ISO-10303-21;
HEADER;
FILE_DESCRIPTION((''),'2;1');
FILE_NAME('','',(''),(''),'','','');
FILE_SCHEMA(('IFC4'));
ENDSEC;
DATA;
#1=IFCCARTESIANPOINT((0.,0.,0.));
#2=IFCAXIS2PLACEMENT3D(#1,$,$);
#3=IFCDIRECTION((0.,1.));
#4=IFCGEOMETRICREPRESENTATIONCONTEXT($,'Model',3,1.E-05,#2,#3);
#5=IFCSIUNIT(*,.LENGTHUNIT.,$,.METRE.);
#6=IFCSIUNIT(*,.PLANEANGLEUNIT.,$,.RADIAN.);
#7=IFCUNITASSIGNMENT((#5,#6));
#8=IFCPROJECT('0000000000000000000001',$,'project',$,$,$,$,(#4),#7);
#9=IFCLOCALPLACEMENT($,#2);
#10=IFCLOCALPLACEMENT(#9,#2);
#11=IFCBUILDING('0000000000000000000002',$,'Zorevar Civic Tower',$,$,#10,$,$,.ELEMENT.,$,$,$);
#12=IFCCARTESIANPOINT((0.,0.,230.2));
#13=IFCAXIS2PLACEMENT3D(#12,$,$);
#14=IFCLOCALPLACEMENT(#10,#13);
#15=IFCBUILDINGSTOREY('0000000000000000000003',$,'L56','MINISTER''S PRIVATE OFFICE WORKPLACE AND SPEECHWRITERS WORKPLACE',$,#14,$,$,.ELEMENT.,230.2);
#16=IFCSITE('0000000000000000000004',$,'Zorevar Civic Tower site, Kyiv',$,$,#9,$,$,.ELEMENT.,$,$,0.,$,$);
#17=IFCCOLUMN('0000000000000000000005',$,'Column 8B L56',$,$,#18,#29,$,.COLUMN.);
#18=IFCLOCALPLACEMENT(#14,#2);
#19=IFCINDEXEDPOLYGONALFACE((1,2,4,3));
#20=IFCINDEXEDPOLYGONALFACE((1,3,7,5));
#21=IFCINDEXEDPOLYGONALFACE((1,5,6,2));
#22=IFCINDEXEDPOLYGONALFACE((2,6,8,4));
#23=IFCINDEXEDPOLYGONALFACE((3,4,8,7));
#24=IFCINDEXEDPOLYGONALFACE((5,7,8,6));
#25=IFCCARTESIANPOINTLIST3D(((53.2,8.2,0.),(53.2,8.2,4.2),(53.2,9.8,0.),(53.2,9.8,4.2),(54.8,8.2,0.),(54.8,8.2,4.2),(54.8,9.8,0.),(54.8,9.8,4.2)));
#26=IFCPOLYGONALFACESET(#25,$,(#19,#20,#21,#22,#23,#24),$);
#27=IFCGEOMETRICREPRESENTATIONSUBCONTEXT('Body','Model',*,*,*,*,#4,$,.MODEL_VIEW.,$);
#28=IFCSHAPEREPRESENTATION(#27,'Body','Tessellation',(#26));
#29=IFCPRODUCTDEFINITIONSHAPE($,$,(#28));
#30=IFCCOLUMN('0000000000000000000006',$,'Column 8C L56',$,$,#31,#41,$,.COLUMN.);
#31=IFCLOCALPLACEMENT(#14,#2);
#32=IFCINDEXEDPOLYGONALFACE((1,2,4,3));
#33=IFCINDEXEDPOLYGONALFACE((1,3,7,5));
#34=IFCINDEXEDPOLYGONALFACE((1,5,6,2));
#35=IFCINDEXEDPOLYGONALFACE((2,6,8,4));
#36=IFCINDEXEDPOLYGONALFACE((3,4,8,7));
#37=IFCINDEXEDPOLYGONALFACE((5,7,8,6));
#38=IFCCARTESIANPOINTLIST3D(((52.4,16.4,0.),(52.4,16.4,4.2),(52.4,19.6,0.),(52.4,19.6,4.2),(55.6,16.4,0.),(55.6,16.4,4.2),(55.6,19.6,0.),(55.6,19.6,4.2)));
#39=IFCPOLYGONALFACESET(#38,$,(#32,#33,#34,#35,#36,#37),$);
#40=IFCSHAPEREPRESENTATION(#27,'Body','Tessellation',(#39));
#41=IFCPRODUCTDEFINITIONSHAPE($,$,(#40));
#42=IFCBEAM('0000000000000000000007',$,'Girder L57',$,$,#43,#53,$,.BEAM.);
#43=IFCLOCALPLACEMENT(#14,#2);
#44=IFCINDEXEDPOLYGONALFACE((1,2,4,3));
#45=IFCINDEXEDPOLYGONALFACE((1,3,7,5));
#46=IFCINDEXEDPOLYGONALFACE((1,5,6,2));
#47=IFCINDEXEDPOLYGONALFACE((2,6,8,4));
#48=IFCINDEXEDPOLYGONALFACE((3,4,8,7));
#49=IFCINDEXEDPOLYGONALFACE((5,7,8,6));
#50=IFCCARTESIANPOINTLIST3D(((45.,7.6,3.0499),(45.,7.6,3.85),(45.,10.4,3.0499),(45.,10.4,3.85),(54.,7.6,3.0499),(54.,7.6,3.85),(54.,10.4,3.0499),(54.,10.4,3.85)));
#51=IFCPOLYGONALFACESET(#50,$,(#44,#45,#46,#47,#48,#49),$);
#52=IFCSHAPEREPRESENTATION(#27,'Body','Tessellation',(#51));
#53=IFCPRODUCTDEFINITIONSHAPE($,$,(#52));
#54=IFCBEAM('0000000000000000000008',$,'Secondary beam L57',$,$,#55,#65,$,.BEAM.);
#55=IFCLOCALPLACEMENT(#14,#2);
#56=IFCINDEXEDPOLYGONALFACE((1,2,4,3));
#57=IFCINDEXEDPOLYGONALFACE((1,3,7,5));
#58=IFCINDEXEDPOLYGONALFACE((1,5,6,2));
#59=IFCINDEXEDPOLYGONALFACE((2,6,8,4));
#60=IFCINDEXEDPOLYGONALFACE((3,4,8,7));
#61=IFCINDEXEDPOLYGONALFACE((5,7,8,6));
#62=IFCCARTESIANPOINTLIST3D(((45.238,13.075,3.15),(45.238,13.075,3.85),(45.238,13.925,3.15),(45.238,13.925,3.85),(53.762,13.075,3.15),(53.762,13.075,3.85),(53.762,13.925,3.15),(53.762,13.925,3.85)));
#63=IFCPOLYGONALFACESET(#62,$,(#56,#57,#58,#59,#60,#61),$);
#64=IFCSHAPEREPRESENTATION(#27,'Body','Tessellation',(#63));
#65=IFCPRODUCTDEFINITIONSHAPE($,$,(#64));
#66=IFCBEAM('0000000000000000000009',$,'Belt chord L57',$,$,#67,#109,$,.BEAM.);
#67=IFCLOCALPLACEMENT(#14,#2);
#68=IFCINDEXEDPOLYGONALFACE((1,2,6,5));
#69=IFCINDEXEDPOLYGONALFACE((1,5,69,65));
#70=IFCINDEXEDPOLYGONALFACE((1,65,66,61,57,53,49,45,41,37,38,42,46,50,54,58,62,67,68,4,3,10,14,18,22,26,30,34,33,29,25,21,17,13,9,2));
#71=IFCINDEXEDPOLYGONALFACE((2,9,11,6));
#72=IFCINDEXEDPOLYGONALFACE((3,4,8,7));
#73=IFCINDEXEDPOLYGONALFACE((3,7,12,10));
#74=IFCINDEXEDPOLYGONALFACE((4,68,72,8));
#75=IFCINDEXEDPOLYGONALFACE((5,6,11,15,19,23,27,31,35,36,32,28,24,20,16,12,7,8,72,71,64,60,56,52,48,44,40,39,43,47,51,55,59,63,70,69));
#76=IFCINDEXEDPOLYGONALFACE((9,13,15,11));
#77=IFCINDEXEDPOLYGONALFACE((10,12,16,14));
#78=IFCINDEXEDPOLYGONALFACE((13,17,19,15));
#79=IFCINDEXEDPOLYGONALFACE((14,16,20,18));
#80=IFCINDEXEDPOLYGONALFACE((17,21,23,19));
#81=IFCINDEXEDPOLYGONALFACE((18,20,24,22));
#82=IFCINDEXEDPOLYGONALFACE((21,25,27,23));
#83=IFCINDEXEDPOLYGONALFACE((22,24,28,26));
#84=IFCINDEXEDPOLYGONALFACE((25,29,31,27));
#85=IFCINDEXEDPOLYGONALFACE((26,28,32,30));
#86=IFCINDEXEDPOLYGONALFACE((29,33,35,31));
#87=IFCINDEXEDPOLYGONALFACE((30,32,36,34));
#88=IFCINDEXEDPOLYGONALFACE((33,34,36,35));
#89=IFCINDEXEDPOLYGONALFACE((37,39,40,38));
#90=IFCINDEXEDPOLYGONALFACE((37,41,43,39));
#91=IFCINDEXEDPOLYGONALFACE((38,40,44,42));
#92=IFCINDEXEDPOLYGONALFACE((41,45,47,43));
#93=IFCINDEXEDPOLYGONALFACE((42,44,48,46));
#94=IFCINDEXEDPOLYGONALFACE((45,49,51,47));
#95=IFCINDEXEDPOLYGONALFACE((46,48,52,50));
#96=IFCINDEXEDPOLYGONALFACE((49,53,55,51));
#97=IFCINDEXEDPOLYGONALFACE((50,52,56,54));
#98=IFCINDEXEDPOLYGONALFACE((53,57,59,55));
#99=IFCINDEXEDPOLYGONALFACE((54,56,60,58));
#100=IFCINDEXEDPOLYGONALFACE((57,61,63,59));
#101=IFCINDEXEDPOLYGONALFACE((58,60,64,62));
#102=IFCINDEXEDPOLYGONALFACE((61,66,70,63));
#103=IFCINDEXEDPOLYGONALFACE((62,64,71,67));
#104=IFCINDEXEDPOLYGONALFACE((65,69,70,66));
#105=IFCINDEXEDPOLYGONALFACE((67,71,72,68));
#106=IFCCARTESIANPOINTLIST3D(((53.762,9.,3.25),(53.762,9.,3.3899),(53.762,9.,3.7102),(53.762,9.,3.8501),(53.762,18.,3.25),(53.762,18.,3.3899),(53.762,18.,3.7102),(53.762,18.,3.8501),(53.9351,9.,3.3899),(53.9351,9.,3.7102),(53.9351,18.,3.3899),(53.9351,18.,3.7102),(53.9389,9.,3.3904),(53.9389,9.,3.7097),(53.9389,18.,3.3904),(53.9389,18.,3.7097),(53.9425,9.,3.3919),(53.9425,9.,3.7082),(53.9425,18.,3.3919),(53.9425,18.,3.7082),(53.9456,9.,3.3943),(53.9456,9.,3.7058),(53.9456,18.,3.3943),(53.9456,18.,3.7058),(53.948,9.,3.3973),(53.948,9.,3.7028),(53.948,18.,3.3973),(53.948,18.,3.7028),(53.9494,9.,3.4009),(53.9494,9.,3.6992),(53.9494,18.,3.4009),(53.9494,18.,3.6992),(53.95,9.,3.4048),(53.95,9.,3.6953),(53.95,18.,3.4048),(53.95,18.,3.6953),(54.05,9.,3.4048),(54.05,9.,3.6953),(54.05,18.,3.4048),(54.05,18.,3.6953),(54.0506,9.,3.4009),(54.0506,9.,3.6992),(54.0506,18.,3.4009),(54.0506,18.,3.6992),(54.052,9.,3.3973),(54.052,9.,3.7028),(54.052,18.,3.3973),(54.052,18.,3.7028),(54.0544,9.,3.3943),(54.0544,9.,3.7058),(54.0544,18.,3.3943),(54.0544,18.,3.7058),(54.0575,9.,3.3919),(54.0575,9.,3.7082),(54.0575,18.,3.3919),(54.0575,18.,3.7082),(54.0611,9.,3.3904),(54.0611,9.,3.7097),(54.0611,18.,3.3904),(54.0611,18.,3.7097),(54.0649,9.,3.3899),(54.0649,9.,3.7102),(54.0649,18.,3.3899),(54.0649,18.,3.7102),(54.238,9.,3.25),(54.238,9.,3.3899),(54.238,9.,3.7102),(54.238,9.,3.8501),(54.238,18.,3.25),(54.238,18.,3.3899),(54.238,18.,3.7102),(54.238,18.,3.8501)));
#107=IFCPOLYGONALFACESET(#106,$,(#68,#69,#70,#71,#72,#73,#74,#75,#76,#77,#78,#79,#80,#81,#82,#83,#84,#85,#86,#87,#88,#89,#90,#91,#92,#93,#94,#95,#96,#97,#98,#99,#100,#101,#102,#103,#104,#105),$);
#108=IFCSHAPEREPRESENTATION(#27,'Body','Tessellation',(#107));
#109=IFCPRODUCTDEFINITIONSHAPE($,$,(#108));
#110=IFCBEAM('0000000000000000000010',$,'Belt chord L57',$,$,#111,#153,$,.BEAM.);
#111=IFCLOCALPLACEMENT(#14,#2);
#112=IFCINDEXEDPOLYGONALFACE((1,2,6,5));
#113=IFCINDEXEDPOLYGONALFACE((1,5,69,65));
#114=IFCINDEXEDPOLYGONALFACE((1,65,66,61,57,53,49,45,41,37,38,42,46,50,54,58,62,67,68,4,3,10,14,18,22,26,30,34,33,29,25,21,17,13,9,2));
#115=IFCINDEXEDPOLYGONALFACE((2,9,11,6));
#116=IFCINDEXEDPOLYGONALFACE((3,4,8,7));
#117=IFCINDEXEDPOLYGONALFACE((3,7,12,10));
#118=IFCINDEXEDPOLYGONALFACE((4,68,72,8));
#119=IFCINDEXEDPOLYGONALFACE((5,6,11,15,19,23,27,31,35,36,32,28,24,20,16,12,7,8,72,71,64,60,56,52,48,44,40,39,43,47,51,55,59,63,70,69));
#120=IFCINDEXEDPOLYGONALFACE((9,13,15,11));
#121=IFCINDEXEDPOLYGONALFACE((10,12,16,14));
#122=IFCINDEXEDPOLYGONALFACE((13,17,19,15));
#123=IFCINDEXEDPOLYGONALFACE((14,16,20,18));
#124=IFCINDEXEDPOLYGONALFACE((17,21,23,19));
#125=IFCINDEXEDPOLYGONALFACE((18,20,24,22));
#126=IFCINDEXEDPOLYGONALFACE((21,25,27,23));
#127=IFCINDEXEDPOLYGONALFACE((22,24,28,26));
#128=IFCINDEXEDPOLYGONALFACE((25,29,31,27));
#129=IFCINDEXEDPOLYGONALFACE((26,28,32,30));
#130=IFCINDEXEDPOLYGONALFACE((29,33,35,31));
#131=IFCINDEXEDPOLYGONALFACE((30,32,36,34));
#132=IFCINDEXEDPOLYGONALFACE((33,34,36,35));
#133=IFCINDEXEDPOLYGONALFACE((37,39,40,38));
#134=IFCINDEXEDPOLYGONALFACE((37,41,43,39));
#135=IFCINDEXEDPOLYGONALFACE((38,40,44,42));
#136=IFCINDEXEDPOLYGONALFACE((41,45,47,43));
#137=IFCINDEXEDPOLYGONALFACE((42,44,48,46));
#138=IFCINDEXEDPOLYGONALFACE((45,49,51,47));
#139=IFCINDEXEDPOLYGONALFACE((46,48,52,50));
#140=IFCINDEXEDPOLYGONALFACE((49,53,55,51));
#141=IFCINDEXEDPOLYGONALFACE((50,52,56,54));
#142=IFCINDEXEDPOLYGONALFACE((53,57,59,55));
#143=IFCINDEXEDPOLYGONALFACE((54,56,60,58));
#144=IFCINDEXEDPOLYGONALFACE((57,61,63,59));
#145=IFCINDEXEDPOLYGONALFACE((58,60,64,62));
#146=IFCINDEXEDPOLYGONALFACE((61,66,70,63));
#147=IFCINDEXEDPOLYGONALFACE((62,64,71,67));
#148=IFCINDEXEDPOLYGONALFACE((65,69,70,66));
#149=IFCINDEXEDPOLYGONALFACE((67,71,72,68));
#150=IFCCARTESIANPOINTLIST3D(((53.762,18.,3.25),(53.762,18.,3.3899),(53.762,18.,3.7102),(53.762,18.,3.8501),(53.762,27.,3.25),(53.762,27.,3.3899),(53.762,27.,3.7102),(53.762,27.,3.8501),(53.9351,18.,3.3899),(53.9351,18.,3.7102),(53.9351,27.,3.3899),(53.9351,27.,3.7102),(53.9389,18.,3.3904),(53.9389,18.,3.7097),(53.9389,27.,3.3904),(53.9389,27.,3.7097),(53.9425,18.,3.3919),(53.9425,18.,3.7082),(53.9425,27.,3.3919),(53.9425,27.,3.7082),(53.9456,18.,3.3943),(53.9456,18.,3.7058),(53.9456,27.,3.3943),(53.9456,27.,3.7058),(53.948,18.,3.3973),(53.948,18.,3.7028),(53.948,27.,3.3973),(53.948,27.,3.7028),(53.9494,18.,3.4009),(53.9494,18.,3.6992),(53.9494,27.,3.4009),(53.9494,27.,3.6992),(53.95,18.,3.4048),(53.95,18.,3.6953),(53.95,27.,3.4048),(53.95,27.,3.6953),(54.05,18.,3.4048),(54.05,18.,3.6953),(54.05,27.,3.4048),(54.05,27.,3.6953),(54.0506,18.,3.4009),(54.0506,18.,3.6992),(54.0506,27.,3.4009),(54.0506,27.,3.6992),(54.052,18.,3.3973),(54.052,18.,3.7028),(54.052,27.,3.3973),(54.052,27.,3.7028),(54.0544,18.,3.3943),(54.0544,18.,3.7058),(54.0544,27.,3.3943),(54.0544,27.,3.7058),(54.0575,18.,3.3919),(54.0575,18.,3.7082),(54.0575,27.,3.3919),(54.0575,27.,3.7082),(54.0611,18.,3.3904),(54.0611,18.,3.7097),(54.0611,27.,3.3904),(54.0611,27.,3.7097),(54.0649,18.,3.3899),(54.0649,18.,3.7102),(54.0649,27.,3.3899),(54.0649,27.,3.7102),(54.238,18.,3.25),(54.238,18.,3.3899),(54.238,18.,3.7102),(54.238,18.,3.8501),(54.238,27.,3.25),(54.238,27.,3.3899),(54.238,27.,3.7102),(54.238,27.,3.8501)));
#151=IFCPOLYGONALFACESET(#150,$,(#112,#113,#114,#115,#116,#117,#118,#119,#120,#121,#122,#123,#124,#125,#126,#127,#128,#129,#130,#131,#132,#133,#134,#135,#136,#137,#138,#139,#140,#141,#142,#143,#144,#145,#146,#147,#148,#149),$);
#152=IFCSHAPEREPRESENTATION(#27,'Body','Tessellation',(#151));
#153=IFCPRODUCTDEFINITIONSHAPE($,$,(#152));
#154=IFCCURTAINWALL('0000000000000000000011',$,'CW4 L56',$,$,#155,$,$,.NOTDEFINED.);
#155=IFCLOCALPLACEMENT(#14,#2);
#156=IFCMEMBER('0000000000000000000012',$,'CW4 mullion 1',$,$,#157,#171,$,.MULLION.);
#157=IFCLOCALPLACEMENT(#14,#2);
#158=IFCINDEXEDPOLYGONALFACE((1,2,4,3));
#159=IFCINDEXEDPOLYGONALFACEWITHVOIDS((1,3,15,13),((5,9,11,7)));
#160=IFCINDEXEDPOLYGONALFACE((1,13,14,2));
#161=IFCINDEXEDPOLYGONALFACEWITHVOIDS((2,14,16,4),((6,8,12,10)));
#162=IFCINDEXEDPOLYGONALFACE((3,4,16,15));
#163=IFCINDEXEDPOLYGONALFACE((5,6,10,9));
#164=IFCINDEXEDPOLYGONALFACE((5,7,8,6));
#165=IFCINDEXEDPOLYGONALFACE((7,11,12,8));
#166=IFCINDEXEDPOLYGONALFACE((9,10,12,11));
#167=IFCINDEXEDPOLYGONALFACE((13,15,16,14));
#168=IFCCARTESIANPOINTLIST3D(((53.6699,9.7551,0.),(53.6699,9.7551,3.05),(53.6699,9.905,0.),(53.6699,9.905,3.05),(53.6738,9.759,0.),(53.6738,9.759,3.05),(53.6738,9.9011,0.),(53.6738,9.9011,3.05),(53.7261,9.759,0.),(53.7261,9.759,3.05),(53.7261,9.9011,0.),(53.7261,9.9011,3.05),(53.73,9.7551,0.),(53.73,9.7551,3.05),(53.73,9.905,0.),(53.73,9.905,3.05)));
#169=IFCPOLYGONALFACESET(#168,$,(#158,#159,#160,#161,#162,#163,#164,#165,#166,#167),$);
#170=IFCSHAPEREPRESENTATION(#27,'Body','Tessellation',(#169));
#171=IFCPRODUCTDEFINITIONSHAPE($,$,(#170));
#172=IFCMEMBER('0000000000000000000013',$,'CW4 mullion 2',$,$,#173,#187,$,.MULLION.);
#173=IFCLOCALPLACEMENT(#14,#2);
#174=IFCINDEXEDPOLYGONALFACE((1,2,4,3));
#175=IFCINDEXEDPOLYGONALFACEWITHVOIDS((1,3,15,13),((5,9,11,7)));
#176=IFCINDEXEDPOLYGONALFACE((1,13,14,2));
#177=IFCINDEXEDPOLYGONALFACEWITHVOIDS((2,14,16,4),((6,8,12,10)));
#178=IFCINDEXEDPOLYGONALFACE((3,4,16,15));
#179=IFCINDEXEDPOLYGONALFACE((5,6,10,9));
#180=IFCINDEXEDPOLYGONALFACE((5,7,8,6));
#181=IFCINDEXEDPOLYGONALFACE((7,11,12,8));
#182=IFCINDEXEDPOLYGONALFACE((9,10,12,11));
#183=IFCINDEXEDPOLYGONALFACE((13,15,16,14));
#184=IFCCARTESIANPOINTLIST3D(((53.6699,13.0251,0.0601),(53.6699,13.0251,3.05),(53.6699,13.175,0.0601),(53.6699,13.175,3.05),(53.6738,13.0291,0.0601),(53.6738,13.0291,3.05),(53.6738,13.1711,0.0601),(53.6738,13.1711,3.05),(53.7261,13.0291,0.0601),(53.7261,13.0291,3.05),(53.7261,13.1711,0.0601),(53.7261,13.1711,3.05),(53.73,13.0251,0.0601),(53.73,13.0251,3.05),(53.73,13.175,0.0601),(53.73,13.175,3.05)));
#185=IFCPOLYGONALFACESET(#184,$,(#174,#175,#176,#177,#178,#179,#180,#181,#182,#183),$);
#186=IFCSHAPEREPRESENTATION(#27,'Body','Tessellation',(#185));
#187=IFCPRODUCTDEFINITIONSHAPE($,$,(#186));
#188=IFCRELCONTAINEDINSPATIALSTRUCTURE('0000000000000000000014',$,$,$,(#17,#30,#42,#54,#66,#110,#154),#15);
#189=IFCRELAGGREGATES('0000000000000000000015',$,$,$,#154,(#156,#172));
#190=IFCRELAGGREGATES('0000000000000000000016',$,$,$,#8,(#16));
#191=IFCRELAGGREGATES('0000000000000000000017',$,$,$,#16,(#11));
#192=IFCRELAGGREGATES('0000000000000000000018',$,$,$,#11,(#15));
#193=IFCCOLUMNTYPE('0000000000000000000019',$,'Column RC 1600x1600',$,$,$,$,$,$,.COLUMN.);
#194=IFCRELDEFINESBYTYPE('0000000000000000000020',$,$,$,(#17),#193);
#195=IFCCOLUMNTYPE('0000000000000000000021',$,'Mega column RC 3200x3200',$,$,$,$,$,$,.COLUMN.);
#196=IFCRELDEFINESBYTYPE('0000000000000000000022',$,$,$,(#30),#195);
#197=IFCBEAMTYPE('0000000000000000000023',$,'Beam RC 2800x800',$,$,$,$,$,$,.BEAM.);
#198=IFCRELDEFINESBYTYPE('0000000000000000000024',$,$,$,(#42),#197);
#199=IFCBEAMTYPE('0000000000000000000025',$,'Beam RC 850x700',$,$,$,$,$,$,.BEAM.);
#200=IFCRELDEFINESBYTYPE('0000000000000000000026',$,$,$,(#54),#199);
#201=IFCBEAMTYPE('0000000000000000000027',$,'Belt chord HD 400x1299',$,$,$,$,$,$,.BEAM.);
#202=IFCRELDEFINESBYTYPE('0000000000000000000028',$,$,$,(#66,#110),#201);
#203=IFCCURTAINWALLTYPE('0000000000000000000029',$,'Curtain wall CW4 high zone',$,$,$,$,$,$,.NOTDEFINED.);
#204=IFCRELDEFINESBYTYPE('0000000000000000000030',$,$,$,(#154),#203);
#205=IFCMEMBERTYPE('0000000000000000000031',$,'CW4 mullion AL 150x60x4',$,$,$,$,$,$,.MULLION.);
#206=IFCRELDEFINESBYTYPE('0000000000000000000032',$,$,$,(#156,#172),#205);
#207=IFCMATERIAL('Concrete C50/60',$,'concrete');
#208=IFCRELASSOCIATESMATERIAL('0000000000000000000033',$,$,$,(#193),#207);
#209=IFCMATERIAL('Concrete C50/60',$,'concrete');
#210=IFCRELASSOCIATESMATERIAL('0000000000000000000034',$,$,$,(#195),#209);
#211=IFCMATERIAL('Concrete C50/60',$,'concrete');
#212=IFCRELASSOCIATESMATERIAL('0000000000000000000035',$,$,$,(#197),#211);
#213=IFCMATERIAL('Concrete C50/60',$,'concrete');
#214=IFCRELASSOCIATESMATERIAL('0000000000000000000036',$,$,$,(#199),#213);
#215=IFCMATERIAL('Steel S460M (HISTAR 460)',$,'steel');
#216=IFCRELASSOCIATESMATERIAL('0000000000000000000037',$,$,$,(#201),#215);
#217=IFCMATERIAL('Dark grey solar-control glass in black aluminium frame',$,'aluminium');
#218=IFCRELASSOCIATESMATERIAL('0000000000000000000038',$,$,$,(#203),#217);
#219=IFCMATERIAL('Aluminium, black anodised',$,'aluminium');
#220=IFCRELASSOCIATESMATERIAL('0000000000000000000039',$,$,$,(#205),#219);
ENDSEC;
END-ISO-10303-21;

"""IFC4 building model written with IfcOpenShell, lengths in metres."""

from ifc_helpers import new_model, si_unit, direction, frame, origin, origin_2d, place, context, subcontext, project, spatial, rectangle, hollow_rectangle, i_section, extrude, material, material_profile, profile_set, type_object, element, aggregate, save


model = new_model("IFC4")

# Units and contexts
model_context = context("Model", 3, precision=1e-05, world=origin(), true_north=direction((0.0, 1.0)))
body_context = subcontext(model_context, "Body", "Model", "MODEL_VIEW")
ifc_project = project(units=[si_unit("LENGTHUNIT", "METRE"), si_unit("PLANEANGLEUNIT", "RADIAN")], contexts=[model_context])

# Site, building, storey
site_placement = place(None, origin())
site = spatial("IfcSite", under=ifc_project, at=site_placement, Name="Zorevar Civic Tower site, Kyiv", CompositionType="ELEMENT", RefElevation=0.0)
building_placement = place(site_placement, origin())
building = spatial("IfcBuilding", under=site, at=building_placement, Name="Zorevar Civic Tower", CompositionType="ELEMENT")
storey_placement = place(building_placement, frame((0.0, 0.0, 230.2)))
storey = spatial("IfcBuildingStorey", under=building, at=storey_placement, Name="L56", Description="MINISTER'S PRIVATE OFFICE WORKPLACE AND SPEECHWRITERS WORKPLACE", CompositionType="ELEMENT", Elevation=230.2)

# Columns
ifc_material_1 = material(Name="Concrete C50/60", Category="concrete")
ifc_material_profile_1 = material_profile(ifc_material_1, rectangle(XDim=1.6001, YDim=1.6001, at=origin_2d()), Name="RC 1600x1600")
ifc_profile_set_1 = profile_set([ifc_material_profile_1], Name="Concrete C50/60")
column_type_1 = type_object("IfcColumnType", Name="Column RC 1600x1600", PredefinedType="COLUMN", material=ifc_profile_set_1)
column_1_placement = place(storey_placement, frame((54.0, 9.0, 0.0), z_axis=(0.0, 0.0, 1.0), x_axis=(1.0, 0.0, 0.0)))
element("IfcColumn", 1, at=column_1_placement, inside=storey, type_object=column_type_1, Name="Column 8B L56", PredefinedType="COLUMN", context=body_context, shape_type="SweptSolid", body=[
    extrude(rectangle(XDim=1.6001, YDim=1.6001, at=origin_2d()), origin(), (0.0, 0.0, 1.0), 4.2),
])
ifc_material_2 = material(Name="Concrete C50/60", Category="concrete")
ifc_material_profile_2 = material_profile(ifc_material_2, rectangle(XDim=3.2, YDim=3.2, at=origin_2d()), Name="RC 3200x3200")
ifc_profile_set_2 = profile_set([ifc_material_profile_2], Name="Concrete C50/60")
column_type_2 = type_object("IfcColumnType", Name="Mega column RC 3200x3200", PredefinedType="COLUMN", material=ifc_profile_set_2)
column_2_placement = place(storey_placement, frame((54.0, 18.0, 0.0), z_axis=(0.0, 0.0, 1.0), x_axis=(1.0, 0.0, 0.0)))
element("IfcColumn", 2, at=column_2_placement, inside=storey, type_object=column_type_2, Name="Column 8C L56", PredefinedType="COLUMN", context=body_context, shape_type="SweptSolid", body=[
    extrude(rectangle(XDim=3.2, YDim=3.2, at=origin_2d()), origin(), (0.0, 0.0, 1.0), 4.2),
])

# Beams
ifc_material_3 = material(Name="Concrete C50/60", Category="concrete")
ifc_material_profile_3 = material_profile(ifc_material_3, rectangle(XDim=2.8, YDim=0.8, at=origin_2d()), Name="RC 2800x800")
ifc_profile_set_3 = profile_set([ifc_material_profile_3], Name="Concrete C50/60")
beam_type_1 = type_object("IfcBeamType", Name="Beam RC 2800x800", PredefinedType="BEAM", material=ifc_profile_set_3)
beam_1_placement = place(storey_placement, frame((45.0, 9.0, 3.45), z_axis=(1.0, 0.0, 0.0), x_axis=(0.0, 1.0, 0.0)))
element("IfcBeam", 3, at=beam_1_placement, inside=storey, type_object=beam_type_1, Name="Girder L57", PredefinedType="BEAM", context=body_context, shape_type="SweptSolid", body=[
    extrude(rectangle(XDim=2.8, YDim=0.8, at=origin_2d()), origin(), (0.0, 0.0, 1.0), 9.0),
])
ifc_material_4 = material(Name="Concrete C50/60", Category="concrete")
ifc_material_profile_4 = material_profile(ifc_material_4, rectangle(XDim=0.8501, YDim=0.7, at=origin_2d()), Name="RC 850x700")
ifc_profile_set_4 = profile_set([ifc_material_profile_4], Name="Concrete C50/60")
beam_type_2 = type_object("IfcBeamType", Name="Beam RC 850x700", PredefinedType="BEAM", material=ifc_profile_set_4)
beam_2_placement = place(storey_placement, frame((45.238, 13.5, 3.5), z_axis=(1.0, 0.0, 0.0), x_axis=(0.0, 1.0, 0.0)))
element("IfcBeam", 4, at=beam_2_placement, inside=storey, type_object=beam_type_2, Name="Secondary beam L57", PredefinedType="BEAM", context=body_context, shape_type="SweptSolid", body=[
    extrude(rectangle(XDim=0.8501, YDim=0.7, at=origin_2d()), origin(), (0.0, 0.0, 1.0), 8.5239),
])
ifc_material_5 = material(Name="Steel S460M (HISTAR 460)", Category="steel")
ifc_material_profile_5 = material_profile(ifc_material_5, i_section(OverallWidth=0.4761, OverallDepth=0.6001, WebThickness=0.1001, FlangeThickness=0.1399, FilletRadius=0.0149, at=origin_2d()), Name="HD 400x1299")
ifc_profile_set_5 = profile_set([ifc_material_profile_5], Name="Steel S460M (HISTAR 460)")
beam_type_3 = type_object("IfcBeamType", Name="Belt chord HD 400x1299", PredefinedType="BEAM", material=ifc_profile_set_5)
for number, where, z_axis, x_axis, name in (
    (5, (54.0, 9.0, 3.55), (0.0, 1.0, 0.0), (-1.0, 0.0, 0.0), "Belt chord L57"),
    (6, (54.0, 18.0, 3.55), (0.0, 1.0, 0.0), (-1.0, 0.0, 0.0), "Belt chord L57"),
):
    element("IfcBeam", number, at=place(storey_placement, frame(where, z_axis=z_axis, x_axis=x_axis)), inside=storey, type_object=beam_type_3, Name=name, PredefinedType="BEAM", context=body_context, shape_type="SweptSolid", body=[
        extrude(i_section(OverallWidth=0.4761, OverallDepth=0.6001, WebThickness=0.1001, FlangeThickness=0.1399, FilletRadius=0.0149, at=origin_2d()), origin(), (0.0, 0.0, 1.0), 9.0),
    ])

# Curtain wall, members
ifc_material_6 = material(Name="Dark grey solar-control glass in black aluminium frame", Category="aluminium")
curtain_wall_type = type_object("IfcCurtainWallType", Name="Curtain wall CW4 high zone", PredefinedType="NOTDEFINED", material=ifc_material_6)
curtain_wall_1_placement = place(storey_placement, origin())
curtain_wall_1 = element("IfcCurtainWall", 7, at=curtain_wall_1_placement, inside=storey, type_object=curtain_wall_type, Name="CW4 L56", PredefinedType="NOTDEFINED")
ifc_material_7 = material(Name="Aluminium, black anodised", Category="aluminium")
ifc_material_profile_6 = material_profile(ifc_material_7, hollow_rectangle(XDim=0.0601, YDim=0.1499, WallThickness=0.0039, at=origin_2d()), Name="AL 150x60x4")
ifc_profile_set_6 = profile_set([ifc_material_profile_6], Name="Aluminium, black anodised")
member_type_1 = type_object("IfcMemberType", Name="CW4 mullion AL 150x60x4", PredefinedType="MULLION", material=ifc_profile_set_6)
member_1_placement = place(storey_placement, frame((53.7, 9.8301, 0.0), z_axis=(0.0, 0.0, 1.0), x_axis=(-1.0, 0.0, 0.0)))
member_1 = element("IfcMember", 8, at=member_1_placement, type_object=member_type_1, Name="CW4 mullion 1", PredefinedType="MULLION", context=body_context, shape_type="SweptSolid", body=[
    extrude(hollow_rectangle(XDim=0.0601, YDim=0.1499, WallThickness=0.0039, at=origin_2d()), origin(), (0.0, 0.0, 1.0), 3.05),
])
member_2_placement = place(storey_placement, frame((53.7, 13.1001, 0.0601), z_axis=(0.0, 0.0, 1.0), x_axis=(-1.0, 0.0, 0.0)))
member_2 = element("IfcMember", 9, at=member_2_placement, type_object=member_type_1, Name="CW4 mullion 2", PredefinedType="MULLION", context=body_context, shape_type="SweptSolid", body=[
    extrude(hollow_rectangle(XDim=0.0601, YDim=0.1499, WallThickness=0.0039, at=origin_2d()), origin(), (0.0, 0.0, 1.0), 2.99),
])

aggregate(curtain_wall_1, [member_1, member_2])

save(model, "model.ifc")
